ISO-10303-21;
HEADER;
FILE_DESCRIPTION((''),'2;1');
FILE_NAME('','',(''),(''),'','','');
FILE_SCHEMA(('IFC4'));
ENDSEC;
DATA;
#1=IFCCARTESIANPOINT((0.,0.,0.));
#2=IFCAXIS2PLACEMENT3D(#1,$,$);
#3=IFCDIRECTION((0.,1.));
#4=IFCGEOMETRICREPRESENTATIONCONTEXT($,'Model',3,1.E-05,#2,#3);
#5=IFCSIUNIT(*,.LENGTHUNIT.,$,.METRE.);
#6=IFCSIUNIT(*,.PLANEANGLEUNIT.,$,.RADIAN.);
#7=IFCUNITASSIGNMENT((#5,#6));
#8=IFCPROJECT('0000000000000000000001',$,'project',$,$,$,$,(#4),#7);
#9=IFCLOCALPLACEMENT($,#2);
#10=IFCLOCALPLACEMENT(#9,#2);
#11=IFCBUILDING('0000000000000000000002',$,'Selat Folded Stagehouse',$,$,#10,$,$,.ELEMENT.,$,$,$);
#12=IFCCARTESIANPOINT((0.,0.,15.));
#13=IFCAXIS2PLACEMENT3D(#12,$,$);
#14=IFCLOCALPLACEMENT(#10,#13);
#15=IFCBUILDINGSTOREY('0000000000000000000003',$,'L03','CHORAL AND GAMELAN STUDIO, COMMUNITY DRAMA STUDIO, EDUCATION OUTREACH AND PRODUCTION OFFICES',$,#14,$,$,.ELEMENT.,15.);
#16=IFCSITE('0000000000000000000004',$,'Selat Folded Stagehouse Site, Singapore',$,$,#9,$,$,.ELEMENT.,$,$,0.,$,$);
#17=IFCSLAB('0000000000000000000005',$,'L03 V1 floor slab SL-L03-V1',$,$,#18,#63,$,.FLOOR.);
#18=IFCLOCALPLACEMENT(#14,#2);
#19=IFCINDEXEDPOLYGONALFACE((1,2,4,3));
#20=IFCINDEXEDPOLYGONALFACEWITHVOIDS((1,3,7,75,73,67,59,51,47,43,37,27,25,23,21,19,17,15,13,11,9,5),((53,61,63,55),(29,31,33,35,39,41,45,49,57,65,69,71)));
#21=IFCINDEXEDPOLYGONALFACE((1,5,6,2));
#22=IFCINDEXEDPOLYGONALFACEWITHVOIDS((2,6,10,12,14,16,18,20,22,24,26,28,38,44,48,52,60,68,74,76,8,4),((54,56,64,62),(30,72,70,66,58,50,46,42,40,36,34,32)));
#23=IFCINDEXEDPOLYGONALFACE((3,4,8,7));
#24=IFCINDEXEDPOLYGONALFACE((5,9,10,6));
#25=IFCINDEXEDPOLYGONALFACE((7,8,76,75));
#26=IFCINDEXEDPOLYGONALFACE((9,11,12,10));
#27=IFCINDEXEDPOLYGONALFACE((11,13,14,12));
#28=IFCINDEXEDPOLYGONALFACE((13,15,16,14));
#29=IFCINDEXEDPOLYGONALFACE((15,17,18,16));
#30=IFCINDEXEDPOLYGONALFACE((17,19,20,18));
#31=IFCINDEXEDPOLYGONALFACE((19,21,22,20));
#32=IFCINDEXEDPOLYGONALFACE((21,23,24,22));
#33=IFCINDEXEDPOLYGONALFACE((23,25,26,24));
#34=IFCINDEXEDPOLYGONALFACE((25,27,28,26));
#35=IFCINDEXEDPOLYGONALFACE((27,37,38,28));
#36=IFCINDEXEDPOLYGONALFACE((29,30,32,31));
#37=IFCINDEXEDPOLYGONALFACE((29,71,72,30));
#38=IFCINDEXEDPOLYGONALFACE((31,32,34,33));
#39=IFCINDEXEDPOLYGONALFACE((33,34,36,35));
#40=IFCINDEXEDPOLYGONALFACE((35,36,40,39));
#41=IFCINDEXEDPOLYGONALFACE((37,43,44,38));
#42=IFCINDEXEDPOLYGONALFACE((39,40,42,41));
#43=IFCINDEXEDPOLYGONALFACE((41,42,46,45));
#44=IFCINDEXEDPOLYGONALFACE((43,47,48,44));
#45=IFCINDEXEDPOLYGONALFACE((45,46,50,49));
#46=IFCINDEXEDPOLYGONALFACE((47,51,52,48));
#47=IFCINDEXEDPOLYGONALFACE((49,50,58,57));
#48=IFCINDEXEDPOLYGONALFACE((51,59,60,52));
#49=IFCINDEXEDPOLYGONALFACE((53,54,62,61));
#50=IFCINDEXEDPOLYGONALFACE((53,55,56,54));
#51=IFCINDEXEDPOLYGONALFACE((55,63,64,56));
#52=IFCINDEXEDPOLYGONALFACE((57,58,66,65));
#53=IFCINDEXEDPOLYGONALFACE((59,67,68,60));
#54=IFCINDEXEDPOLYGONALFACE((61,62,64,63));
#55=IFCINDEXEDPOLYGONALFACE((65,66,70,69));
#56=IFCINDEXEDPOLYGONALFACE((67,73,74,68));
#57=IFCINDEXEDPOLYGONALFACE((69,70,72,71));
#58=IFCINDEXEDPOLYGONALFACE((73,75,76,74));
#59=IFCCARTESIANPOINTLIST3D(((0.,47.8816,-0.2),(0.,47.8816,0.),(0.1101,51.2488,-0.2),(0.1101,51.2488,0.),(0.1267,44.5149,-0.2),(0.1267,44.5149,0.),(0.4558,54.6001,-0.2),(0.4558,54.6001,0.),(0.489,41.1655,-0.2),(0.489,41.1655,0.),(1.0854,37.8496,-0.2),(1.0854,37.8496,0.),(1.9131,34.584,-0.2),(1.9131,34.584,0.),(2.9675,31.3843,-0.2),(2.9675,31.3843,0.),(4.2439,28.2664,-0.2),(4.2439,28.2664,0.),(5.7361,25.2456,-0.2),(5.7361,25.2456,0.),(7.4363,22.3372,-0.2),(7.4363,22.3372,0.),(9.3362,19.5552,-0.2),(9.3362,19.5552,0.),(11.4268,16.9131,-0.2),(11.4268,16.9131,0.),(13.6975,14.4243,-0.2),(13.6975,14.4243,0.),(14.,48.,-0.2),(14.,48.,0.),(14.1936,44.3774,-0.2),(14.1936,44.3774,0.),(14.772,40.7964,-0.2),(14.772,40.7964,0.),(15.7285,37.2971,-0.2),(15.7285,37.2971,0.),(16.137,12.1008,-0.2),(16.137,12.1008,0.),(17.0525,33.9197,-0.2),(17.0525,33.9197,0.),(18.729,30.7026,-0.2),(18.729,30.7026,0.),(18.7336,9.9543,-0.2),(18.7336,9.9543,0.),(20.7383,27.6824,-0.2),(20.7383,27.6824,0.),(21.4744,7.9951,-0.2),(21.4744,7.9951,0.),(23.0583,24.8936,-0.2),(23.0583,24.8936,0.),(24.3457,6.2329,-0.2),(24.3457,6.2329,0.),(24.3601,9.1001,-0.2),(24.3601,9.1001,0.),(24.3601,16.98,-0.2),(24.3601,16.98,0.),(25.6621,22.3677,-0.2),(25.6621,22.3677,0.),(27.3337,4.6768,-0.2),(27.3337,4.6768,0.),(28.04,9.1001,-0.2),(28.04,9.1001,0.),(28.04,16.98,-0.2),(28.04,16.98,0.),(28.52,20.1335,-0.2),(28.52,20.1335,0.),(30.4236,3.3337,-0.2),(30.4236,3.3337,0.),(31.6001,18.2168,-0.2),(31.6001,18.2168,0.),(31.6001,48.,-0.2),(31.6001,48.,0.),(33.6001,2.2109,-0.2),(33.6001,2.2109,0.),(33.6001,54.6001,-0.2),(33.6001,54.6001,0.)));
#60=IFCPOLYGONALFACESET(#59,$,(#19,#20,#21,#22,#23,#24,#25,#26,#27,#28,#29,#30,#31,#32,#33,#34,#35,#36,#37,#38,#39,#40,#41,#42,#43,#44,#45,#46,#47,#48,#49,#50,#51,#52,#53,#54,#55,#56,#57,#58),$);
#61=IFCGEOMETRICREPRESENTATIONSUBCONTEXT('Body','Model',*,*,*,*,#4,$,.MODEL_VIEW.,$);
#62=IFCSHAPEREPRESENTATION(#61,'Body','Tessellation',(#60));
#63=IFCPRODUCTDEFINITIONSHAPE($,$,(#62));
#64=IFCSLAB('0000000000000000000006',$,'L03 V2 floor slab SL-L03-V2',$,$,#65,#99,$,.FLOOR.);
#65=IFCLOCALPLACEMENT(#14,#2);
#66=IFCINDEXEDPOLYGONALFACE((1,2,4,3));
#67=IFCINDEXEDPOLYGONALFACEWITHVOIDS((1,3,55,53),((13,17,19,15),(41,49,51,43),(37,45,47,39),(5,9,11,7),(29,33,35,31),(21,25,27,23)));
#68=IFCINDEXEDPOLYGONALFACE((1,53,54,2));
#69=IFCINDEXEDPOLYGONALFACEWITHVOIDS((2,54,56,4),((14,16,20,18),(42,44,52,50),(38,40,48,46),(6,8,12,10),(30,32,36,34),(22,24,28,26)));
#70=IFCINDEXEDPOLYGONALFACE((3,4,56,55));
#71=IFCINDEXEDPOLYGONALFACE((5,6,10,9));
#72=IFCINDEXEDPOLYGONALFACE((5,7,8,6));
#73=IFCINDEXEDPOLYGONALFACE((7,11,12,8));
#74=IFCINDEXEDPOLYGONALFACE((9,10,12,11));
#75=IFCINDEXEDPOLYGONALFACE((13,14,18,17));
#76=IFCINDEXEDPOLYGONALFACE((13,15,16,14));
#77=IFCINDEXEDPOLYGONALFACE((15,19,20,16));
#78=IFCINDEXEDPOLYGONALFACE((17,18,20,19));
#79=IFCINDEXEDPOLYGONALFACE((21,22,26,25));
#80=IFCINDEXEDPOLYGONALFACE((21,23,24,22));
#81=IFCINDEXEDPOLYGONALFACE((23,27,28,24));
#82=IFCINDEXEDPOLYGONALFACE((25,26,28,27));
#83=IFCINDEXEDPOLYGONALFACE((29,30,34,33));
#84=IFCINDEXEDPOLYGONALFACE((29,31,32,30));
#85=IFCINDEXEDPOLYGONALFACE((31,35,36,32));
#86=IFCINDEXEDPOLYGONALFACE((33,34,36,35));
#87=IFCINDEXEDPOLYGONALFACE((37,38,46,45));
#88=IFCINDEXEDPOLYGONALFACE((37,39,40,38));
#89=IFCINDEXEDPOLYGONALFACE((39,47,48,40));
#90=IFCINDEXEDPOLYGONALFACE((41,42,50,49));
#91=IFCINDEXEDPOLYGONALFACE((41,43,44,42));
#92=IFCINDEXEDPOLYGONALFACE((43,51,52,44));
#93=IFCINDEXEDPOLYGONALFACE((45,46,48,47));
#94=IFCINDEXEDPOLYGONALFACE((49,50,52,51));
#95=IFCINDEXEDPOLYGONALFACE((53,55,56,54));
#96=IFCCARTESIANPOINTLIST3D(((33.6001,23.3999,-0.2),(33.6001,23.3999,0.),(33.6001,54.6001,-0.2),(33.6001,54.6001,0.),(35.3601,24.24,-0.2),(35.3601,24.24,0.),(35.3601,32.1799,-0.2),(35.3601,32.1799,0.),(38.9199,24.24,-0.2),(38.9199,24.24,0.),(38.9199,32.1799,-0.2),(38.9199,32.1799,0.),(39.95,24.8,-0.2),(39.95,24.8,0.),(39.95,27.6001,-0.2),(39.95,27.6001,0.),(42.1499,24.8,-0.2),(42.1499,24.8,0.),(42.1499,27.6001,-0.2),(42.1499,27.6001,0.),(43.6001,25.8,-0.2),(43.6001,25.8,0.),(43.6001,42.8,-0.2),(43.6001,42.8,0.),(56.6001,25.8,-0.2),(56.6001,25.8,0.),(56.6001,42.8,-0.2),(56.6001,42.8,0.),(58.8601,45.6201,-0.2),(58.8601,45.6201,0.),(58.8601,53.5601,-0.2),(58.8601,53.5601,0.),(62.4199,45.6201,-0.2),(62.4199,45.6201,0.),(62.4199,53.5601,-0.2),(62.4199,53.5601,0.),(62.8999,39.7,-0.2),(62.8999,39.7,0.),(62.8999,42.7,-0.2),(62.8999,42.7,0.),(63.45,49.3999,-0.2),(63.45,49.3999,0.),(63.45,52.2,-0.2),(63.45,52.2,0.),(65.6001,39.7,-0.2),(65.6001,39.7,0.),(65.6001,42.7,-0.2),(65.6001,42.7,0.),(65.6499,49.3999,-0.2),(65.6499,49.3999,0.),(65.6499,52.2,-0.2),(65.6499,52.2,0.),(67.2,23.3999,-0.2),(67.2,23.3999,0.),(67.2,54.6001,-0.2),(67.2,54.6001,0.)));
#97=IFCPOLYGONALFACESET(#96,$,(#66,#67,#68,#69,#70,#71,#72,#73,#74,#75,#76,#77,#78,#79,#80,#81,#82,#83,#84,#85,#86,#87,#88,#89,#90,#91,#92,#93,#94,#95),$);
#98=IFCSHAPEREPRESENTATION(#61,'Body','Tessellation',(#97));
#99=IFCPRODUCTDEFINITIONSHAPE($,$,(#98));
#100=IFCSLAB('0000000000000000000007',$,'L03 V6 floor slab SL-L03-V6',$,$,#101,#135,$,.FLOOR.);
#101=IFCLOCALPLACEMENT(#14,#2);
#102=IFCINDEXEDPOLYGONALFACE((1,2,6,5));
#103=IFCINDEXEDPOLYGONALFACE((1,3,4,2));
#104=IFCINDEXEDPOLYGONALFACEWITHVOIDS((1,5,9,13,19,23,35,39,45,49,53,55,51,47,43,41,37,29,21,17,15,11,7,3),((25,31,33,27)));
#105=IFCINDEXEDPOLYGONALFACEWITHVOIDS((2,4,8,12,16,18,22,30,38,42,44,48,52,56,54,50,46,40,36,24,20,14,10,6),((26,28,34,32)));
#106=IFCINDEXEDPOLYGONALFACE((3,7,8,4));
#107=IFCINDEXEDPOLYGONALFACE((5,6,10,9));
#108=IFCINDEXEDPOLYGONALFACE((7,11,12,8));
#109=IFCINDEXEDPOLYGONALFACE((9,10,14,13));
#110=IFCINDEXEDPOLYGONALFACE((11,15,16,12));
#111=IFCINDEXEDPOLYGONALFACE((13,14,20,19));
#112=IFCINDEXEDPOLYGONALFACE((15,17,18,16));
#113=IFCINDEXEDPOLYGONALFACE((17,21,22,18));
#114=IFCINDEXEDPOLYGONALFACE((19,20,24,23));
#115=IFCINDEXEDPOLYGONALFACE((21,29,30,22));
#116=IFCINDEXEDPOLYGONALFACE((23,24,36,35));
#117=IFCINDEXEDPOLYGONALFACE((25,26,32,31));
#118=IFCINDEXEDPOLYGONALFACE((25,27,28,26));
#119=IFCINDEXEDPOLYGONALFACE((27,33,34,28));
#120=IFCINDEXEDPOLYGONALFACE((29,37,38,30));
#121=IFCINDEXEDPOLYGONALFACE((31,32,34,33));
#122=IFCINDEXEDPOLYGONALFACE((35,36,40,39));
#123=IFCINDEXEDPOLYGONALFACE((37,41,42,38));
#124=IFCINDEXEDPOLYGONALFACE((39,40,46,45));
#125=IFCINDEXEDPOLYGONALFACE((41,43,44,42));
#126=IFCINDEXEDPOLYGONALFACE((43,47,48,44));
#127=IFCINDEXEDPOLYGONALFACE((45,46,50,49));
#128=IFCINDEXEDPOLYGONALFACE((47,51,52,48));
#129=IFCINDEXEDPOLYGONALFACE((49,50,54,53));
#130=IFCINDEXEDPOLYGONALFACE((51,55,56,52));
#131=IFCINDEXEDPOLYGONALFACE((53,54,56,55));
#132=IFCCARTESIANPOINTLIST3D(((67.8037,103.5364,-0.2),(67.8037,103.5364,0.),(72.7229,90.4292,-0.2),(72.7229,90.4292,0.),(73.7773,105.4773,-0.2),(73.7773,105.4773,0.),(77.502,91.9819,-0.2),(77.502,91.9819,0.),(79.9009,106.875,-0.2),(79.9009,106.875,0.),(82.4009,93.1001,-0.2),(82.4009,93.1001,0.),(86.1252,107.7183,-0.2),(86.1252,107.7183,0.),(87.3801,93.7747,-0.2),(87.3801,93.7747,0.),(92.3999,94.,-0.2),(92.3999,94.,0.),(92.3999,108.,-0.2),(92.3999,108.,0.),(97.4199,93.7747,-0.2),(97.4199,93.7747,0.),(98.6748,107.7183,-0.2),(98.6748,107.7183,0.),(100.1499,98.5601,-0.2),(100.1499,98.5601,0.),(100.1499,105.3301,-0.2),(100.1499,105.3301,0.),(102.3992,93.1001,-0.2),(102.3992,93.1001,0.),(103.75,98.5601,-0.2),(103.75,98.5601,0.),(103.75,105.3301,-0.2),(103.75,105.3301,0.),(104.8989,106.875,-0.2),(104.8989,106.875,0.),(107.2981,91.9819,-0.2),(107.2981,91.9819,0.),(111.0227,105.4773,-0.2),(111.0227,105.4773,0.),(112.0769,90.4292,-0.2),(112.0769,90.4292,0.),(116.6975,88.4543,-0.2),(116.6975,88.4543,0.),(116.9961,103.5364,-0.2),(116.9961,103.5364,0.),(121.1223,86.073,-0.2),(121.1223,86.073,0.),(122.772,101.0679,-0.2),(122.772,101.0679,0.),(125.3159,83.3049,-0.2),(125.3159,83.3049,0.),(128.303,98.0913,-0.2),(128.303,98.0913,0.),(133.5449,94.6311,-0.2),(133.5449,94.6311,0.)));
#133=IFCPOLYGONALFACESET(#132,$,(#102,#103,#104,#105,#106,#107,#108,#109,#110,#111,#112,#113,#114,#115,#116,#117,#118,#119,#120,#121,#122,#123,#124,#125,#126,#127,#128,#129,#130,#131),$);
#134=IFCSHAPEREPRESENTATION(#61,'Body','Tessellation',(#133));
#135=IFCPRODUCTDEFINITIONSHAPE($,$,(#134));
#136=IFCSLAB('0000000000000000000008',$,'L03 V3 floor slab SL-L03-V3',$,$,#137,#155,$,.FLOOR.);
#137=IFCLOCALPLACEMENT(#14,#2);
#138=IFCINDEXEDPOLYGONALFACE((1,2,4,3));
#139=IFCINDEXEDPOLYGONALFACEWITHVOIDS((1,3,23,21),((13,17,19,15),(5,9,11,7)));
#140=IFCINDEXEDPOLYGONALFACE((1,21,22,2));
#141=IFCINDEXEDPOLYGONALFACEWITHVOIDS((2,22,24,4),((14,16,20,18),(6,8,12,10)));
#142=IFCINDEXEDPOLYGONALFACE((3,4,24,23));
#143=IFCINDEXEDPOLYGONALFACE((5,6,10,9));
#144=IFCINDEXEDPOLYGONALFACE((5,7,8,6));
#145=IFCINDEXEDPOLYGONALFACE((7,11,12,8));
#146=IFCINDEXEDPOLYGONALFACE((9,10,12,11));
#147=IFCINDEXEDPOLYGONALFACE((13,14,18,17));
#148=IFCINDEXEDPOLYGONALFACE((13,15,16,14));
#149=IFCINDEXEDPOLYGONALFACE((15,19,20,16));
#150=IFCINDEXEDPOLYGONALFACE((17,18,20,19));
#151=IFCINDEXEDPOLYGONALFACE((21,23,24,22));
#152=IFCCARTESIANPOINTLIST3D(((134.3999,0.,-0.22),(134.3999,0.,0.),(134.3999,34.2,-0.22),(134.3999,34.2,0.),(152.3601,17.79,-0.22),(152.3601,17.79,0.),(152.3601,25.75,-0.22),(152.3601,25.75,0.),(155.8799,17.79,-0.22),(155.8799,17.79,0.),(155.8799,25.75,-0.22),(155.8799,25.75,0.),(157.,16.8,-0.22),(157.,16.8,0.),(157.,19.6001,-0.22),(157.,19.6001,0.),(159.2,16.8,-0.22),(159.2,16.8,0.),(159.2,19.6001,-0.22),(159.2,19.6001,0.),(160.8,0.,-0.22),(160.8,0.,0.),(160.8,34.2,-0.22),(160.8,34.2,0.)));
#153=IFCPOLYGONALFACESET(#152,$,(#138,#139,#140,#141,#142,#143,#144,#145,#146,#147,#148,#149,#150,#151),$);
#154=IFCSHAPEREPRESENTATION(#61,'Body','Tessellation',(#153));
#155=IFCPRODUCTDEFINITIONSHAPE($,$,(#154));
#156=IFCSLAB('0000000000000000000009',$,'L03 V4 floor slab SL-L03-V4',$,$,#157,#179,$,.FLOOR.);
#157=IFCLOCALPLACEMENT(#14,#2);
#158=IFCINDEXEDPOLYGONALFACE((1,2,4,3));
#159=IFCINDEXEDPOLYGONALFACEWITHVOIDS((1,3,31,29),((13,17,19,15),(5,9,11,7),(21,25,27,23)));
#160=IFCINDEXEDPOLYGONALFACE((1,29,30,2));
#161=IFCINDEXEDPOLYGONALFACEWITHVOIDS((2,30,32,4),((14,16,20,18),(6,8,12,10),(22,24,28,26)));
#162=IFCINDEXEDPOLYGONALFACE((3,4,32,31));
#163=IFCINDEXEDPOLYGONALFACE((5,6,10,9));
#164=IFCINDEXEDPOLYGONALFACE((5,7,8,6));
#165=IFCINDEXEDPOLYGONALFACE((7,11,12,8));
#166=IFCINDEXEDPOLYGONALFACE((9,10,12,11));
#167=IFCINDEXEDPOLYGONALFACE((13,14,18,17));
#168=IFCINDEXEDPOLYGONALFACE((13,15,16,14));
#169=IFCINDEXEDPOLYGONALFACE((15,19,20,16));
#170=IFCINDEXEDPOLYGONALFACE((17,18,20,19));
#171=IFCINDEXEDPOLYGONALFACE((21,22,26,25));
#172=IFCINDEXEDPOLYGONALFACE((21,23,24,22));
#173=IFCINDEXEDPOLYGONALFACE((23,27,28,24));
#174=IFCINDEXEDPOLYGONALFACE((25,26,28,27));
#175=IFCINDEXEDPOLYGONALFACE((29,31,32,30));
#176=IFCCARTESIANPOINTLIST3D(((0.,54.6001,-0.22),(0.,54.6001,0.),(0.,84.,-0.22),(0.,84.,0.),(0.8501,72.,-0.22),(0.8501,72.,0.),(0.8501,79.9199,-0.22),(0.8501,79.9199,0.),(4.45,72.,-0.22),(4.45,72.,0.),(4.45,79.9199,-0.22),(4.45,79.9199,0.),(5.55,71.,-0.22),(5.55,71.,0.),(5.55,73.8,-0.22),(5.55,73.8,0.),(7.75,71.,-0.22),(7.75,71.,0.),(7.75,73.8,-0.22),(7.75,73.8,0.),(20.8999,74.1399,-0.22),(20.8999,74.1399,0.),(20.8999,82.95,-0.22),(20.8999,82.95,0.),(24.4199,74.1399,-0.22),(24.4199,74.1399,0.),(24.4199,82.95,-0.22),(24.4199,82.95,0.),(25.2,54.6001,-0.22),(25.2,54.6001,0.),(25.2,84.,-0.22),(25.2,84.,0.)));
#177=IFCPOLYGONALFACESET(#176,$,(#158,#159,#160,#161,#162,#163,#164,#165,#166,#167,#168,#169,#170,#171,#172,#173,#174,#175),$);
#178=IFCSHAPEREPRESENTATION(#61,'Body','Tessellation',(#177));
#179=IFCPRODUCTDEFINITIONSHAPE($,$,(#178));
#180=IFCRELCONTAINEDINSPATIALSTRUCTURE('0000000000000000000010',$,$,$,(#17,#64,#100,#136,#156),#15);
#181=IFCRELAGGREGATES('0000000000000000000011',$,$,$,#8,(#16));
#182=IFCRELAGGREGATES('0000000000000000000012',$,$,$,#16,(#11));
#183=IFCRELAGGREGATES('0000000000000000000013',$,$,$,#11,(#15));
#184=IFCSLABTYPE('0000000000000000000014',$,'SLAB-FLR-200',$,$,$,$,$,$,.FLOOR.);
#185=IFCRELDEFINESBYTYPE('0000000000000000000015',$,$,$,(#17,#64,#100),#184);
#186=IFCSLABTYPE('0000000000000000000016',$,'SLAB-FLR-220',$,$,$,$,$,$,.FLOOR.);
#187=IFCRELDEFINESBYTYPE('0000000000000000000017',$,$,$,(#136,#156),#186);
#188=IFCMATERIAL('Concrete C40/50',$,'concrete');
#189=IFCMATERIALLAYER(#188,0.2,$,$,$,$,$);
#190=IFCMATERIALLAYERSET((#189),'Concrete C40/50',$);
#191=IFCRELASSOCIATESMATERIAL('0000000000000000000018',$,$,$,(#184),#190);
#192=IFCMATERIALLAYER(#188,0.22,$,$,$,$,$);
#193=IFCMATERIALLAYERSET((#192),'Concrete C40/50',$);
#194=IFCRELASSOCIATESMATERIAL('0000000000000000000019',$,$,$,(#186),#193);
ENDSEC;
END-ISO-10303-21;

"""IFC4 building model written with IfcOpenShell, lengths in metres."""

from ifc_helpers import new_model, si_unit, direction, frame, origin, place, context, subcontext, project, spatial, polyline, outline, extrude, material, layer, layer_set, type_object, element, save


model = new_model("IFC4")

# Units and contexts
model_context = context("Model", 3, precision=1e-05, world=origin(), true_north=direction((0.0, 1.0)))
body_context = subcontext(model_context, "Body", "Model", "MODEL_VIEW")
ifc_project = project(units=[si_unit("LENGTHUNIT", "METRE"), si_unit("PLANEANGLEUNIT", "RADIAN")], contexts=[model_context])

# Site, building, storey
site_placement = place(None, origin())
site = spatial("IfcSite", under=ifc_project, at=site_placement, Name="Selat Folded Stagehouse Site, Singapore", CompositionType="ELEMENT", RefElevation=0.0)
building_placement = place(site_placement, origin())
building = spatial("IfcBuilding", under=site, at=building_placement, Name="Selat Folded Stagehouse", CompositionType="ELEMENT")
storey_placement = place(building_placement, frame((0.0, 0.0, 15.0)))
storey = spatial("IfcBuildingStorey", under=building, at=storey_placement, Name="L03", Description="CHORAL AND GAMELAN STUDIO, COMMUNITY DRAMA STUDIO, EDUCATION OUTREACH AND PRODUCTION OFFICES", CompositionType="ELEMENT", Elevation=15.0)

# Slabs
ifc_material_1 = material(Name="Concrete C40/50", Category="concrete")
ifc_layer_1 = layer(ifc_material_1, 0.2)
ifc_layer_set_1 = layer_set([ifc_layer_1], Name="Concrete C40/50")
slab_type_1 = type_object("IfcSlabType", Name="SLAB-FLR-200", PredefinedType="FLOOR", material=ifc_layer_set_1)
slab_1_placement = place(storey_placement, frame((0.0, 0.0, -0.2)))
element("IfcSlab", 1, at=slab_1_placement, inside=storey, type_object=slab_type_1, Name="L03 V1 floor slab SL-L03-V1", PredefinedType="FLOOR", context=body_context, shape_type="SweptSolid", body=[
    extrude(outline(polyline([(0.4558, 54.6001), (0.1101, 51.2488), (0.0, 47.8816), (0.1267, 44.5149), (0.489, 41.1655), (1.0854, 37.8496), (1.9131, 34.584), (2.9675, 31.3843), (4.2439, 28.2664), (5.7361, 25.2456), (7.4363, 22.3372), (9.3362, 19.5552), (11.4268, 16.9131), (13.6975, 14.4243), (16.137, 12.1008), (18.7336, 9.9543), (21.4744, 7.9951), (24.3457, 6.2329), (27.3337, 4.6768), (30.4236, 3.3337), (33.6001, 2.2109), (33.6001, 54.6001), (0.4558, 54.6001)]), holes=[polyline([(28.04, 9.1001), (24.3601, 9.1001), (24.3601, 16.98), (28.04, 16.98), (28.04, 9.1001)]), polyline([(31.6001, 18.2168), (28.52, 20.1335), (25.6621, 22.3677), (23.0583, 24.8936), (20.7383, 27.6824), (18.729, 30.7026), (17.0525, 33.9197), (15.7285, 37.2971), (14.772, 40.7964), (14.1936, 44.3774), (14.0, 48.0), (31.6001, 48.0), (31.6001, 18.2168)])]), origin(), (0.0, 0.0, 1.0), 0.2),
])
slab_2_placement = place(storey_placement, frame((0.0, 0.0, -0.2)))
element("IfcSlab", 2, at=slab_2_placement, inside=storey, type_object=slab_type_1, Name="L03 V2 floor slab SL-L03-V2", PredefinedType="FLOOR", context=body_context, shape_type="SweptSolid", body=[
    extrude(outline(polyline([(33.6001, 23.3999), (67.2, 23.3999), (67.2, 54.6001), (33.6001, 54.6001), (33.6001, 23.3999)]), holes=[polyline([(39.95, 24.8), (39.95, 27.6001), (42.1499, 27.6001), (42.1499, 24.8), (39.95, 24.8)]), polyline([(35.3601, 32.1799), (38.9199, 32.1799), (38.9199, 24.24), (35.3601, 24.24), (35.3601, 32.1799)]), polyline([(43.6001, 25.8), (43.6001, 42.8), (56.6001, 42.8), (56.6001, 25.8), (43.6001, 25.8)]), polyline([(62.8999, 39.7), (62.8999, 42.7), (65.6001, 42.7), (65.6001, 39.7), (62.8999, 39.7)]), polyline([(58.8601, 53.5601), (62.4199, 53.5601), (62.4199, 45.6201), (58.8601, 45.6201), (58.8601, 53.5601)]), polyline([(63.45, 52.2), (65.6499, 52.2), (65.6499, 49.3999), (63.45, 49.3999), (63.45, 52.2)])]), origin(), (0.0, 0.0, 1.0), 0.2),
])
slab_3_placement = place(storey_placement, frame((0.0, 0.0, -0.2)))
element("IfcSlab", 3, at=slab_3_placement, inside=storey, type_object=slab_type_1, Name="L03 V6 floor slab SL-L03-V6", PredefinedType="FLOOR", context=body_context, shape_type="SweptSolid", body=[
    extrude(outline(polyline([(72.7229, 90.4292), (77.502, 91.9819), (82.4009, 93.1001), (87.3801, 93.7747), (92.3999, 94.0), (97.4199, 93.7747), (102.3992, 93.1001), (107.2981, 91.9819), (112.0769, 90.4292), (116.6975, 88.4543), (121.1223, 86.073), (125.3159, 83.3049), (133.5449, 94.6311), (128.303, 98.0913), (122.772, 101.0679), (116.9961, 103.5364), (111.0227, 105.4773), (104.8989, 106.875), (98.6748, 107.7183), (92.3999, 108.0), (86.1252, 107.7183), (79.9009, 106.875), (73.7773, 105.4773), (67.8037, 103.5364), (72.7229, 90.4292)]), holes=[polyline([(103.75, 105.3301), (103.75, 98.5601), (100.1499, 98.5601), (100.1499, 105.3301), (103.75, 105.3301)])]), origin(), (0.0, 0.0, 1.0), 0.2),
])
ifc_layer_2 = layer(ifc_material_1, 0.22)
ifc_layer_set_2 = layer_set([ifc_layer_2], Name="Concrete C40/50")
slab_type_2 = type_object("IfcSlabType", Name="SLAB-FLR-220", PredefinedType="FLOOR", material=ifc_layer_set_2)
slab_4_placement = place(storey_placement, frame((0.0, 0.0, -0.22)))
element("IfcSlab", 4, at=slab_4_placement, inside=storey, type_object=slab_type_2, Name="L03 V3 floor slab SL-L03-V3", PredefinedType="FLOOR", context=body_context, shape_type="SweptSolid", body=[
    extrude(outline(polyline([(134.3999, 0.0), (160.8, 0.0), (160.8, 34.2), (134.3999, 34.2), (134.3999, 0.0)]), holes=[polyline([(159.2, 16.8), (157.0, 16.8), (157.0, 19.6001), (159.2, 19.6001), (159.2, 16.8)]), polyline([(155.8799, 17.79), (152.3601, 17.79), (152.3601, 25.75), (155.8799, 25.75), (155.8799, 17.79)])]), origin(), (0.0, 0.0, 1.0), 0.22),
])
slab_5_placement = place(storey_placement, frame((0.0, 0.0, -0.22)))
element("IfcSlab", 5, at=slab_5_placement, inside=storey, type_object=slab_type_2, Name="L03 V4 floor slab SL-L03-V4", PredefinedType="FLOOR", context=body_context, shape_type="SweptSolid", body=[
    extrude(outline(polyline([(0.0, 54.6001), (25.2, 54.6001), (25.2, 84.0), (0.0, 84.0), (0.0, 54.6001)]), holes=[polyline([(7.75, 71.0), (5.55, 71.0), (5.55, 73.8), (7.75, 73.8), (7.75, 71.0)]), polyline([(0.8501, 72.0), (0.8501, 79.9199), (4.45, 79.9199), (4.45, 72.0), (0.8501, 72.0)]), polyline([(20.8999, 74.1399), (20.8999, 82.95), (24.4199, 82.95), (24.4199, 74.1399), (20.8999, 74.1399)])]), origin(), (0.0, 0.0, 1.0), 0.22),
])

save(model, "model.ifc")
